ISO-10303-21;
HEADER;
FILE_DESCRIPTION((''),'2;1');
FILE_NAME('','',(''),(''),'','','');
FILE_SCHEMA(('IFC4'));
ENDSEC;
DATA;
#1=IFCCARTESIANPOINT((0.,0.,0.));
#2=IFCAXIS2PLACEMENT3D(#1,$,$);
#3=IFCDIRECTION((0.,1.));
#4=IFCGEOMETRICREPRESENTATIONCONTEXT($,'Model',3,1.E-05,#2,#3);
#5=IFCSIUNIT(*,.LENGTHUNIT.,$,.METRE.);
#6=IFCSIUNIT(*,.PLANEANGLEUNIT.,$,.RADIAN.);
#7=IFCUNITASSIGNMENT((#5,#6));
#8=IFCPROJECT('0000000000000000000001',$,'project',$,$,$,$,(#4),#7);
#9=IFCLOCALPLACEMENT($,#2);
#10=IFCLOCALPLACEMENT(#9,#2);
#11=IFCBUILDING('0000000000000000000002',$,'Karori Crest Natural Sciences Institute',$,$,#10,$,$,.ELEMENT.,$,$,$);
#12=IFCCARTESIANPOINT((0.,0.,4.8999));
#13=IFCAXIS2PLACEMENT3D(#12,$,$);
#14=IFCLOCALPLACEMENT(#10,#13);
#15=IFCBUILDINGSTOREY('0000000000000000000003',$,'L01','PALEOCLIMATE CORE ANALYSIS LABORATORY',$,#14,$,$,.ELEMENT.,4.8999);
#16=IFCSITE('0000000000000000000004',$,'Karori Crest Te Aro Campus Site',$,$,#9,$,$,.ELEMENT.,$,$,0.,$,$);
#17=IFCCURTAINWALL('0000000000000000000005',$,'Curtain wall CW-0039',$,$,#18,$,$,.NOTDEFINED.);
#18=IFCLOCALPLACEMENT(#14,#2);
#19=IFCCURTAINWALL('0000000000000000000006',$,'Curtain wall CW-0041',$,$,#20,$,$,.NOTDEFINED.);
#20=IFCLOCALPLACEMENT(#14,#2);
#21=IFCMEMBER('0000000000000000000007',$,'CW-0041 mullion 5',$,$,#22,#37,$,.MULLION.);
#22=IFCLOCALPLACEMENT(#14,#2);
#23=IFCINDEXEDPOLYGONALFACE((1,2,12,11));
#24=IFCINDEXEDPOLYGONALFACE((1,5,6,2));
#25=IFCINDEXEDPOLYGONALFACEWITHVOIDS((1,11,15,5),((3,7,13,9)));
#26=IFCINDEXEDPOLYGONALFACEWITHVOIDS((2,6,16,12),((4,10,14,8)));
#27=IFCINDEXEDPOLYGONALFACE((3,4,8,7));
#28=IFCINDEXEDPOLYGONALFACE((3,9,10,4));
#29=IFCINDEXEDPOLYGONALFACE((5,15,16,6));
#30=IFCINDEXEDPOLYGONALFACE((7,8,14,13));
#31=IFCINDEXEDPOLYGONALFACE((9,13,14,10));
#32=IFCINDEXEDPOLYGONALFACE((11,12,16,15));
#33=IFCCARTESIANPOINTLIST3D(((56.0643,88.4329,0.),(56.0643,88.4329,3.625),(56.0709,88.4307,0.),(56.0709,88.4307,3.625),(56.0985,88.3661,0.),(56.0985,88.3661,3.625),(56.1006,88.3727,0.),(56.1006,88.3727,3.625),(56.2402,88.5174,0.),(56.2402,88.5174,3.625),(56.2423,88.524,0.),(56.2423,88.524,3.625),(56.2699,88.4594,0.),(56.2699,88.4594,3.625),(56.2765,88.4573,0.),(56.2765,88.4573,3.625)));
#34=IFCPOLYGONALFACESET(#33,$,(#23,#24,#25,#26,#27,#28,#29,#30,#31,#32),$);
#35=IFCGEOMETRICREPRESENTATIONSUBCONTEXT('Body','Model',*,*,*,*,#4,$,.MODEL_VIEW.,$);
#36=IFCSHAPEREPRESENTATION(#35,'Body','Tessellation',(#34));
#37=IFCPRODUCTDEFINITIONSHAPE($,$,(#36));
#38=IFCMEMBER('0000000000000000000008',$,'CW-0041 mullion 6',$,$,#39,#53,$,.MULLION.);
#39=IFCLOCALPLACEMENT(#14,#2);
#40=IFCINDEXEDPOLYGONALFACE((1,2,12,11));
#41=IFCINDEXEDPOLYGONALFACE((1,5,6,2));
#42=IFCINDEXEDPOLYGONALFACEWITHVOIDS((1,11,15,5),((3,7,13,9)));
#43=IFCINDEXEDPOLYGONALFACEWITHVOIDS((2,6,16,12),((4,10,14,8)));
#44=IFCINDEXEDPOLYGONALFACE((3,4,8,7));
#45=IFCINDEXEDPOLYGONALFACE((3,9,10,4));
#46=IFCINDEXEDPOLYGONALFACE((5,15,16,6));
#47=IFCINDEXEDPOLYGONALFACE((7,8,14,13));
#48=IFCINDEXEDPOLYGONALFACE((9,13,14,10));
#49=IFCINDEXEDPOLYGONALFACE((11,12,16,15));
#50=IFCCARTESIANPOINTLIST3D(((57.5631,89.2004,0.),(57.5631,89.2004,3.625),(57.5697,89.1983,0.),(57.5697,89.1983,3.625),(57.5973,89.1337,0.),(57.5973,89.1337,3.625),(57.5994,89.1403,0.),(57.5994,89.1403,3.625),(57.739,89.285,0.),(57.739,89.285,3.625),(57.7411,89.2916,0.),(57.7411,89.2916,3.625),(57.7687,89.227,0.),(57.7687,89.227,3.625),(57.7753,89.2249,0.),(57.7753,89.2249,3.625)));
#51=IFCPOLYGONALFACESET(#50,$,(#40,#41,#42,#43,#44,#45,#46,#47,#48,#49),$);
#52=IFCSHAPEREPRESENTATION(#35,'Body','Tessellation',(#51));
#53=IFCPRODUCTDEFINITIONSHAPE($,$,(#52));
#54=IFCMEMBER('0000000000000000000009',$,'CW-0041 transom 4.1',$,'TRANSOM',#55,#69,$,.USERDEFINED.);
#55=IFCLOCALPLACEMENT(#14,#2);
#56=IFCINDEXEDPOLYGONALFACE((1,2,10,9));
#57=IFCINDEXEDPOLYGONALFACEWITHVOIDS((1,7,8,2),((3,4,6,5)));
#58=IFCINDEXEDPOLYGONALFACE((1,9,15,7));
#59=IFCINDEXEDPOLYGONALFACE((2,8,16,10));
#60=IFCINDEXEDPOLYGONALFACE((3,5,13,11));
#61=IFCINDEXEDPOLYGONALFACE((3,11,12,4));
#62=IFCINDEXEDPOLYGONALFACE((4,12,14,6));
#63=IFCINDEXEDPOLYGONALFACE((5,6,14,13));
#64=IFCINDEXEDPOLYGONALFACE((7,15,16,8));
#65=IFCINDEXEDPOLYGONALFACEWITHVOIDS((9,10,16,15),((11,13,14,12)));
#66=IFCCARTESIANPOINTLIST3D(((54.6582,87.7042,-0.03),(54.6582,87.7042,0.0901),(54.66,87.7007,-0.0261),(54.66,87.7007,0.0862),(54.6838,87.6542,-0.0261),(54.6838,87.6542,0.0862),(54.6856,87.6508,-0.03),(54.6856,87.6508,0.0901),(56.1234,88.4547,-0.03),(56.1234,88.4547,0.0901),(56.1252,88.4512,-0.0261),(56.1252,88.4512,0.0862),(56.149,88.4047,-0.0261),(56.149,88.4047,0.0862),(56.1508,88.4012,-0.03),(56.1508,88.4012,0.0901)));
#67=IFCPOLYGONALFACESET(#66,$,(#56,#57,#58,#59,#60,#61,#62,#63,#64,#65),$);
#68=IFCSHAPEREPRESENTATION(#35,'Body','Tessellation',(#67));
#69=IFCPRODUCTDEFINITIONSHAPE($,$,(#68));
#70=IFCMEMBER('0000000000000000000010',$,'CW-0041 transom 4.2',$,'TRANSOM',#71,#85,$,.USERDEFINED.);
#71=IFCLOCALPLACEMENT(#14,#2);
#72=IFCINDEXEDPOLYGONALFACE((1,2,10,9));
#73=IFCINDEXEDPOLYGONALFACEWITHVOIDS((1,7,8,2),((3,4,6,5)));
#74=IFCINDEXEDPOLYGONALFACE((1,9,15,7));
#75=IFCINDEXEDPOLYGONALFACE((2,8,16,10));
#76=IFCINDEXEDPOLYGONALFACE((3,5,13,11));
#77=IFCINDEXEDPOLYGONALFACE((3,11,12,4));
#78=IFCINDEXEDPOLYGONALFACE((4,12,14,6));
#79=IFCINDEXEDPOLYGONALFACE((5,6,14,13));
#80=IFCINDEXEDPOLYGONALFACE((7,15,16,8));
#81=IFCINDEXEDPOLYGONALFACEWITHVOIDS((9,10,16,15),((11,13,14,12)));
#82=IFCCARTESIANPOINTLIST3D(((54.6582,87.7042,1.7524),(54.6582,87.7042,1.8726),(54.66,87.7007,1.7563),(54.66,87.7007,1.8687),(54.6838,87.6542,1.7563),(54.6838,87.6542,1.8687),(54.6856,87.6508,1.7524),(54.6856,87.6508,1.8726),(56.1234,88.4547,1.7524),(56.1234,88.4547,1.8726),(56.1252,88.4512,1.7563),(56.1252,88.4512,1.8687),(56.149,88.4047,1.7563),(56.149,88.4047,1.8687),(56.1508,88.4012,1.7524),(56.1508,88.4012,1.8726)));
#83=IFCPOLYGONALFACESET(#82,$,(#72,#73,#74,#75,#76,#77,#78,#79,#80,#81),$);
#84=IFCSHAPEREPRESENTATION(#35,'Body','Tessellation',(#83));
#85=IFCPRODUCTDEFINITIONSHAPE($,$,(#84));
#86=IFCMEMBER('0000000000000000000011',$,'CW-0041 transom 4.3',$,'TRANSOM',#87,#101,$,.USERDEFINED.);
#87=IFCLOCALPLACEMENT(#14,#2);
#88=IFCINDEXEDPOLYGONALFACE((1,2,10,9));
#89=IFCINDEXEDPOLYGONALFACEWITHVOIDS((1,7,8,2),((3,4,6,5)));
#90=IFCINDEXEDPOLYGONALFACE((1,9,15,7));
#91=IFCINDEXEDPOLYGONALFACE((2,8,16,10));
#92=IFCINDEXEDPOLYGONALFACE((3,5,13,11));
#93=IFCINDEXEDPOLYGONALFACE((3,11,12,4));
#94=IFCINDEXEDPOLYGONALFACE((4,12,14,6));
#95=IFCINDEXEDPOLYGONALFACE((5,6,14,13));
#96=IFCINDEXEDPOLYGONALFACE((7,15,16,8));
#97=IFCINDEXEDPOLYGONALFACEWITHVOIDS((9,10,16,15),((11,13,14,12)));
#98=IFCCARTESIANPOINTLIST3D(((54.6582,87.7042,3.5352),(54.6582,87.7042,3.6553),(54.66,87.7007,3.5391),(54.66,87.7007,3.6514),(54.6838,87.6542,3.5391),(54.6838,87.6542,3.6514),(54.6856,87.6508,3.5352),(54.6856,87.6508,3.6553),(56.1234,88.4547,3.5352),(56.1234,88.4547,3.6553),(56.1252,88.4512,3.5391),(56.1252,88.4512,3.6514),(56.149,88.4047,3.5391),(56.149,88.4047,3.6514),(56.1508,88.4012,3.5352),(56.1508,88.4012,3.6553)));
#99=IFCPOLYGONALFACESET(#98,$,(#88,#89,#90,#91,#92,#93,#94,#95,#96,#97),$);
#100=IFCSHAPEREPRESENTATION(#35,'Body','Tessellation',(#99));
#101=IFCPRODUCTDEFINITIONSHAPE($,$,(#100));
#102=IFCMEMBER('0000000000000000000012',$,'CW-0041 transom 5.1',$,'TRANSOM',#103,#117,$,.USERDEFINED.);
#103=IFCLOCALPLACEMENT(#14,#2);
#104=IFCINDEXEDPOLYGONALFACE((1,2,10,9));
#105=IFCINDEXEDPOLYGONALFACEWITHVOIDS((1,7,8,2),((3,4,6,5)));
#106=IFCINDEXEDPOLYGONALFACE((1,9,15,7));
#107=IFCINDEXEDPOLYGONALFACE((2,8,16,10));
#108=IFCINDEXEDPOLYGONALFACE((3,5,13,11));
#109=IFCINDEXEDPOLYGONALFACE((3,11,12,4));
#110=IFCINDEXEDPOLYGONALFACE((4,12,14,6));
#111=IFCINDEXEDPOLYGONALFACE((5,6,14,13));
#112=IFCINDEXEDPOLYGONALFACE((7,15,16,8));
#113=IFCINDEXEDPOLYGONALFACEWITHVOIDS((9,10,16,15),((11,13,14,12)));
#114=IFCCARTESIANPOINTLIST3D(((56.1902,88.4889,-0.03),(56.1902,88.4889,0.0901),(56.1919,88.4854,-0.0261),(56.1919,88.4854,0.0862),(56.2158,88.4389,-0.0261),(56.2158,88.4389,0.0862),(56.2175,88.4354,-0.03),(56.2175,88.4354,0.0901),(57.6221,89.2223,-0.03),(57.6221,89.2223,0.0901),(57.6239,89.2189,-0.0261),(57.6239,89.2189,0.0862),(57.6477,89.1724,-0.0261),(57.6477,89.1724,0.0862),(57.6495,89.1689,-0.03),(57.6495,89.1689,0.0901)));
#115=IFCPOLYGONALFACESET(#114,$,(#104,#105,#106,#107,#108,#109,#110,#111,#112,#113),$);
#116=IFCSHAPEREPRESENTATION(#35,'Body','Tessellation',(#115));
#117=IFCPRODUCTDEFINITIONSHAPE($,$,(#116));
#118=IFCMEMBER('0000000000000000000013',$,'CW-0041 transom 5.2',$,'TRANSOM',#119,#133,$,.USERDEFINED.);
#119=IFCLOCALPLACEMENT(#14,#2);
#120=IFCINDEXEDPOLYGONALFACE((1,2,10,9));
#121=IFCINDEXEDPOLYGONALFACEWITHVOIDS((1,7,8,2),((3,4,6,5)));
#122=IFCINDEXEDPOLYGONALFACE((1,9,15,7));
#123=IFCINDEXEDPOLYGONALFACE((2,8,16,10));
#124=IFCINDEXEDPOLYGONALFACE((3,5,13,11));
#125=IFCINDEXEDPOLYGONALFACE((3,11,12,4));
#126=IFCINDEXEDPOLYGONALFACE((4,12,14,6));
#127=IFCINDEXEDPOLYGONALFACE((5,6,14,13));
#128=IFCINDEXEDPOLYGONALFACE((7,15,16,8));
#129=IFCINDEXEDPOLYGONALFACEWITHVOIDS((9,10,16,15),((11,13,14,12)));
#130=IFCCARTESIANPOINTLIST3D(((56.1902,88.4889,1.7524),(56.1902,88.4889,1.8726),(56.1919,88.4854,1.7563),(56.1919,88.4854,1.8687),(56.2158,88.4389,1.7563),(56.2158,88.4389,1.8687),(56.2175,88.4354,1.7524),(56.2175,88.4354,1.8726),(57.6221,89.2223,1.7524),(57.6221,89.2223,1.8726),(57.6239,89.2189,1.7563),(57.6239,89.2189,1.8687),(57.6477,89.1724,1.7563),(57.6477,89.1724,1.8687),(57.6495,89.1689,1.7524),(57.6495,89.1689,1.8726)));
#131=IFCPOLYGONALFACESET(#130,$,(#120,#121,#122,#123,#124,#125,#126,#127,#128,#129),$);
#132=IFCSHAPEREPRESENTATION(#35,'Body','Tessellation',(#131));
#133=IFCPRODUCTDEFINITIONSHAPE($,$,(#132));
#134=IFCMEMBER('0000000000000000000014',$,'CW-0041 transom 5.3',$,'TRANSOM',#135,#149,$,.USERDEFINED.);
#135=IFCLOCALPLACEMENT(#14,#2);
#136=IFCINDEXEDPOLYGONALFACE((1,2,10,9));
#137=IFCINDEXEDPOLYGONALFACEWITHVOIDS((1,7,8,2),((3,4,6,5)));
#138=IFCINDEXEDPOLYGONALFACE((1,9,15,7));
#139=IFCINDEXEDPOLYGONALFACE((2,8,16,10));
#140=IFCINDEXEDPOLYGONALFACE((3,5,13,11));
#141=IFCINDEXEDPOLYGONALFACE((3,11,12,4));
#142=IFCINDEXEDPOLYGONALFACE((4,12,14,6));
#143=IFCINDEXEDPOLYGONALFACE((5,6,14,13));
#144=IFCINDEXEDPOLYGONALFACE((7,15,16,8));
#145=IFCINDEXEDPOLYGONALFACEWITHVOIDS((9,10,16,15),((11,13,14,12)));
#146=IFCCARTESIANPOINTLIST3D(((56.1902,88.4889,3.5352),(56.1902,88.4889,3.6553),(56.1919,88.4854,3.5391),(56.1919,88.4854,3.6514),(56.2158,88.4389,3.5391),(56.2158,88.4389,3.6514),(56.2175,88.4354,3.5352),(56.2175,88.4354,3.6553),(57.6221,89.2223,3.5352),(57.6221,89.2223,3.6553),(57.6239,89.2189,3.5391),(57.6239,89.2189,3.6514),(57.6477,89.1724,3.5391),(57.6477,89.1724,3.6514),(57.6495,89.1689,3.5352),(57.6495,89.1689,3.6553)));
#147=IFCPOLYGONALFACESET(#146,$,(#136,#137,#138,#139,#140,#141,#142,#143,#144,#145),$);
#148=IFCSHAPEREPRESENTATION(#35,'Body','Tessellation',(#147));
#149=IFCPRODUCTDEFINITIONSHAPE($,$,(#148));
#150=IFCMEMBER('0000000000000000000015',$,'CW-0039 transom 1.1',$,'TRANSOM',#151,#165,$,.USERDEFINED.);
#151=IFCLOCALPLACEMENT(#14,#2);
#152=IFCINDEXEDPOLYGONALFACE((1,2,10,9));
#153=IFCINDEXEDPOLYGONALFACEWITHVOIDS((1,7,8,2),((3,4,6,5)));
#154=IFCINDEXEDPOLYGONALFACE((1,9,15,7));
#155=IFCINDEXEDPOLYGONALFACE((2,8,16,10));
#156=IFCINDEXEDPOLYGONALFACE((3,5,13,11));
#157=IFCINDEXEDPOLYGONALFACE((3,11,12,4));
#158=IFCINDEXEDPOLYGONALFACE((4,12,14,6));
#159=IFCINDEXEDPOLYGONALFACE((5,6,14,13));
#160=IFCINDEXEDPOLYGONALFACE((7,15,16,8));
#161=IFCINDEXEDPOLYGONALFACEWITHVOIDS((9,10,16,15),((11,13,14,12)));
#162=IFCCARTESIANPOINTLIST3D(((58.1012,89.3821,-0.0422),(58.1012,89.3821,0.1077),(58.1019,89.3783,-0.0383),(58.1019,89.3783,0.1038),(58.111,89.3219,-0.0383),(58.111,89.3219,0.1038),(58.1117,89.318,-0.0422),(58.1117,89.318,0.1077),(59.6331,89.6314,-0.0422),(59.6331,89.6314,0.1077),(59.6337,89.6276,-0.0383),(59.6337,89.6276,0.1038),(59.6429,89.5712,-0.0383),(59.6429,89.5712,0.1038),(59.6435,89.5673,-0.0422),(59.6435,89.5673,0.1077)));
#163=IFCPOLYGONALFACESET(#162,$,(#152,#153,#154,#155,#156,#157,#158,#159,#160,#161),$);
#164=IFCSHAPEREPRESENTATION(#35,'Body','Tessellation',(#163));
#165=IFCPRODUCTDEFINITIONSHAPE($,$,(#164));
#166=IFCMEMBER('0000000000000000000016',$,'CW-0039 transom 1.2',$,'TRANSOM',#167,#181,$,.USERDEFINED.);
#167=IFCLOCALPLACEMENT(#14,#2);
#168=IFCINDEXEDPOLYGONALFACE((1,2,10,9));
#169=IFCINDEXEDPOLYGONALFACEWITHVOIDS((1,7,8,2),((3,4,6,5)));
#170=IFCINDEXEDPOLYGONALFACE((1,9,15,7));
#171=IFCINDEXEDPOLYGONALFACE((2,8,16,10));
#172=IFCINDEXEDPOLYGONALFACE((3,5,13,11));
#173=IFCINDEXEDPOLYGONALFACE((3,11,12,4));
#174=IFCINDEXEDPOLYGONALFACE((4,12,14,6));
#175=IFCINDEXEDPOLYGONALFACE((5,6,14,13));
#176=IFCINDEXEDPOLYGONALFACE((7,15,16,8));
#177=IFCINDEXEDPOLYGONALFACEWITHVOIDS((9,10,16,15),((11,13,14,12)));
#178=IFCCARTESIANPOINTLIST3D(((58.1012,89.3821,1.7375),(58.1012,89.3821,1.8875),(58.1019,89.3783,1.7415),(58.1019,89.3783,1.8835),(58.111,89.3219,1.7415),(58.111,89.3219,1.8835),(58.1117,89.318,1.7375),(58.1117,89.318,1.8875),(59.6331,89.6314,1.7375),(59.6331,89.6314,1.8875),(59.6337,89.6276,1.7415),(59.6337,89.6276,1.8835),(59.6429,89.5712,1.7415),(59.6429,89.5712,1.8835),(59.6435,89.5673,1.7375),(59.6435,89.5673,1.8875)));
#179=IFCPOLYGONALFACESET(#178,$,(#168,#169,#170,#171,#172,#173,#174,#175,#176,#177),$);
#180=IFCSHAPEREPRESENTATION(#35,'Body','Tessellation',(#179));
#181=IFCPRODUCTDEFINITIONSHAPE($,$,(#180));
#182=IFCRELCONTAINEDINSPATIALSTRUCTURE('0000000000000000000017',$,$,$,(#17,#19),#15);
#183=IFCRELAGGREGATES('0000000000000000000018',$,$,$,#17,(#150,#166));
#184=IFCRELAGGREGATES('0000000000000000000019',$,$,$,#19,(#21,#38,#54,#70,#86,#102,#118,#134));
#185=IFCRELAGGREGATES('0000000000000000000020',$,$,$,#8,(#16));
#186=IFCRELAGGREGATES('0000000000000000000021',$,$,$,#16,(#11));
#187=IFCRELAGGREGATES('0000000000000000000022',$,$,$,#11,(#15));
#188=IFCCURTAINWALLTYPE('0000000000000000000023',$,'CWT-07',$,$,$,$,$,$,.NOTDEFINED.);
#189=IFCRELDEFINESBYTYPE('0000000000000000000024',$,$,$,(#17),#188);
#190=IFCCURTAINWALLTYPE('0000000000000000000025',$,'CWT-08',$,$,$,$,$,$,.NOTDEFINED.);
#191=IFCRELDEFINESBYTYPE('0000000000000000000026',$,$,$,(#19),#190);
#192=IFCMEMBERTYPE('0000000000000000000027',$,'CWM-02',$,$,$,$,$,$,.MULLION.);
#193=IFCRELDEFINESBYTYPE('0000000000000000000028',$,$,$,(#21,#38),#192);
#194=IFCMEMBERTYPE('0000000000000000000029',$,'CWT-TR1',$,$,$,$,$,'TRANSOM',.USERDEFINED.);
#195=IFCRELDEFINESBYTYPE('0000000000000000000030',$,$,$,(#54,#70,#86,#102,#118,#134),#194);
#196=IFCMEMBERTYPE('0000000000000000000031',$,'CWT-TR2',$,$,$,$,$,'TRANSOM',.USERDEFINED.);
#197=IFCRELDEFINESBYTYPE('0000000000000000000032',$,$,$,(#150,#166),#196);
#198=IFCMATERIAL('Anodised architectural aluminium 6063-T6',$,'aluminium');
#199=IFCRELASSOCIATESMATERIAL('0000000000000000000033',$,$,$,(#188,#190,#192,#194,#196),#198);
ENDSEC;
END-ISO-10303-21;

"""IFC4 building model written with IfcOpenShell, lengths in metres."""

from ifc_helpers import new_model, si_unit, direction, frame, origin, origin_2d, place, context, subcontext, project, spatial, hollow_rectangle, extrude, material, material_profile, profile_set, type_object, element, aggregate, save


model = new_model("IFC4")

# Units and contexts
model_context = context("Model", 3, precision=1e-05, world=origin(), true_north=direction((0.0, 1.0)))
body_context = subcontext(model_context, "Body", "Model", "MODEL_VIEW")
ifc_project = project(units=[si_unit("LENGTHUNIT", "METRE"), si_unit("PLANEANGLEUNIT", "RADIAN")], contexts=[model_context])

# Site, building, storey
site_placement = place(None, origin())
site = spatial("IfcSite", under=ifc_project, at=site_placement, Name="Karori Crest Te Aro Campus Site", CompositionType="ELEMENT", RefElevation=0.0)
building_placement = place(site_placement, origin())
building = spatial("IfcBuilding", under=site, at=building_placement, Name="Karori Crest Natural Sciences Institute", CompositionType="ELEMENT")
storey_placement = place(building_placement, frame((0.0, 0.0, 4.8999)))
storey = spatial("IfcBuildingStorey", under=building, at=storey_placement, Name="L01", Description="PALEOCLIMATE CORE ANALYSIS LABORATORY", CompositionType="ELEMENT", Elevation=4.8999)

# Curtain walls, members
ifc_material_1 = material(Name="Anodised architectural aluminium 6063-T6", Category="aluminium")
curtain_wall_type_1 = type_object("IfcCurtainWallType", Name="CWT-07", PredefinedType="NOTDEFINED", material=ifc_material_1)
curtain_wall_1_placement = place(storey_placement, origin())
curtain_wall_1 = element("IfcCurtainWall", 1, at=curtain_wall_1_placement, inside=storey, type_object=curtain_wall_type_1, Name="Curtain wall CW-0039", PredefinedType="NOTDEFINED")
ifc_material_profile_1 = material_profile(ifc_material_1, hollow_rectangle(XDim=0.075, YDim=0.2, WallThickness=0.0049, at=origin_2d()), Name="CWM200x75x5")
ifc_profile_set_1 = profile_set([ifc_material_profile_1], Name="Anodised architectural aluminium 6063-T6")
member_type_1 = type_object("IfcMemberType", Name="CWM-02", PredefinedType="MULLION", material=ifc_profile_set_1)
curtain_wall_type_2 = type_object("IfcCurtainWallType", Name="CWT-08", PredefinedType="NOTDEFINED", material=ifc_material_1)
curtain_wall_2_placement = place(storey_placement, origin())
curtain_wall_2 = element("IfcCurtainWall", 2, at=curtain_wall_2_placement, inside=storey, type_object=curtain_wall_type_2, Name="Curtain wall CW-0041", PredefinedType="NOTDEFINED")
member_1_placement = place(storey_placement, frame((56.1704, 88.4451, 0.0), z_axis=(0.0, 0.0, 1.0), x_axis=(-0.455833, 0.890065, 0.0)))
member_1 = element("IfcMember", 3, at=member_1_placement, type_object=member_type_1, Name="CW-0041 mullion 5", PredefinedType="MULLION", context=body_context, shape_type="SweptSolid", body=[
    extrude(hollow_rectangle(XDim=0.075, YDim=0.2, WallThickness=0.0049, at=origin_2d()), origin(), (0.0, 0.0, 1.0), 3.625),
])
member_2_placement = place(storey_placement, frame((57.6692, 89.2126, 0.0), z_axis=(0.0, 0.0, 1.0), x_axis=(-0.455833, 0.890065, 0.0)))
member_2 = element("IfcMember", 4, at=member_2_placement, type_object=member_type_1, Name="CW-0041 mullion 6", PredefinedType="MULLION", context=body_context, shape_type="SweptSolid", body=[
    extrude(hollow_rectangle(XDim=0.075, YDim=0.2, WallThickness=0.0049, at=origin_2d()), origin(), (0.0, 0.0, 1.0), 3.625),
])
ifc_material_profile_2 = material_profile(ifc_material_1, hollow_rectangle(XDim=0.0601, YDim=0.1201, WallThickness=0.0039, at=origin_2d()), Name="CWT120x60x4")
ifc_profile_set_2 = profile_set([ifc_material_profile_2], Name="Anodised architectural aluminium 6063-T6")
member_type_2 = type_object("IfcMemberType", Name="CWT-TR1", ElementType="TRANSOM", PredefinedType="USERDEFINED", material=ifc_profile_set_2)
member_3_placement = place(storey_placement, frame((54.6719, 87.6775, 0.03), z_axis=(0.890055, 0.455853, 0.0), x_axis=(-0.455853, 0.890055, 0.0)))
member_3 = element("IfcMember", 5, at=member_3_placement, type_object=member_type_2, Name="CW-0041 transom 4.1", ObjectType="TRANSOM", PredefinedType="USERDEFINED", context=body_context, shape_type="SweptSolid", body=[
    extrude(hollow_rectangle(XDim=0.0601, YDim=0.1201, WallThickness=0.0039, at=origin_2d()), origin(), (0.0, 0.0, 1.0), 1.6462),
])
member_4_placement = place(storey_placement, frame((54.6719, 87.6775, 1.8125), z_axis=(0.890055, 0.455853, 0.0), x_axis=(-0.455853, 0.890055, 0.0)))
member_4 = element("IfcMember", 6, at=member_4_placement, type_object=member_type_2, Name="CW-0041 transom 4.2", ObjectType="TRANSOM", PredefinedType="USERDEFINED", context=body_context, shape_type="SweptSolid", body=[
    extrude(hollow_rectangle(XDim=0.0601, YDim=0.1201, WallThickness=0.0039, at=origin_2d()), origin(), (0.0, 0.0, 1.0), 1.6462),
])
member_5_placement = place(storey_placement, frame((54.6719, 87.6775, 3.5952), z_axis=(0.890055, 0.455853, 0.0), x_axis=(-0.455853, 0.890055, 0.0)))
member_5 = element("IfcMember", 7, at=member_5_placement, type_object=member_type_2, Name="CW-0041 transom 4.3", ObjectType="TRANSOM", PredefinedType="USERDEFINED", context=body_context, shape_type="SweptSolid", body=[
    extrude(hollow_rectangle(XDim=0.0601, YDim=0.1201, WallThickness=0.0039, at=origin_2d()), origin(), (0.0, 0.0, 1.0), 1.6462),
])
member_6_placement = place(storey_placement, frame((56.2039, 88.4622, 0.03), z_axis=(0.890045, 0.455873, 0.0), x_axis=(-0.455873, 0.890045, 0.0)))
member_6 = element("IfcMember", 8, at=member_6_placement, type_object=member_type_2, Name="CW-0041 transom 5.1", ObjectType="TRANSOM", PredefinedType="USERDEFINED", context=body_context, shape_type="SweptSolid", body=[
    extrude(hollow_rectangle(XDim=0.0601, YDim=0.1201, WallThickness=0.0039, at=origin_2d()), origin(), (0.0, 0.0, 1.0), 1.6089),
])
member_7_placement = place(storey_placement, frame((56.2039, 88.4622, 1.8125), z_axis=(0.890045, 0.455873, 0.0), x_axis=(-0.455873, 0.890045, 0.0)))
member_7 = element("IfcMember", 9, at=member_7_placement, type_object=member_type_2, Name="CW-0041 transom 5.2", ObjectType="TRANSOM", PredefinedType="USERDEFINED", context=body_context, shape_type="SweptSolid", body=[
    extrude(hollow_rectangle(XDim=0.0601, YDim=0.1201, WallThickness=0.0039, at=origin_2d()), origin(), (0.0, 0.0, 1.0), 1.6089),
])
member_8_placement = place(storey_placement, frame((56.2039, 88.4622, 3.5952), z_axis=(0.890045, 0.455873, 0.0), x_axis=(-0.455873, 0.890045, 0.0)))
member_8 = element("IfcMember", 10, at=member_8_placement, type_object=member_type_2, Name="CW-0041 transom 5.3", ObjectType="TRANSOM", PredefinedType="USERDEFINED", context=body_context, shape_type="SweptSolid", body=[
    extrude(hollow_rectangle(XDim=0.0601, YDim=0.1201, WallThickness=0.0039, at=origin_2d()), origin(), (0.0, 0.0, 1.0), 1.6089),
])

# Members
ifc_material_profile_3 = material_profile(ifc_material_1, hollow_rectangle(XDim=0.0649, YDim=0.1499, WallThickness=0.0039, at=origin_2d()), Name="CWT150x65x4")
ifc_profile_set_3 = profile_set([ifc_material_profile_3], Name="Anodised architectural aluminium 6063-T6")
member_type_3 = type_object("IfcMemberType", Name="CWT-TR2", ElementType="TRANSOM", PredefinedType="USERDEFINED", material=ifc_profile_set_3)
member_9_placement = place(storey_placement, frame((58.1064, 89.3501, 0.0327), z_axis=(0.987016, 0.160622, 0.0), x_axis=(-0.160622, 0.987016, 0.0)))
member_9 = element("IfcMember", 11, at=member_9_placement, type_object=member_type_3, Name="CW-0039 transom 1.1", ObjectType="TRANSOM", PredefinedType="USERDEFINED", context=body_context, shape_type="SweptSolid", body=[
    extrude(hollow_rectangle(XDim=0.0649, YDim=0.1499, WallThickness=0.0039, at=origin_2d()), origin(), (0.0, 0.0, 1.0), 1.552),
])
member_10_placement = place(storey_placement, frame((58.1064, 89.3501, 1.8125), z_axis=(0.987016, 0.160622, 0.0), x_axis=(-0.160622, 0.987016, 0.0)))
member_10 = element("IfcMember", 12, at=member_10_placement, type_object=member_type_3, Name="CW-0039 transom 1.2", ObjectType="TRANSOM", PredefinedType="USERDEFINED", context=body_context, shape_type="SweptSolid", body=[
    extrude(hollow_rectangle(XDim=0.0649, YDim=0.1499, WallThickness=0.0039, at=origin_2d()), origin(), (0.0, 0.0, 1.0), 1.552),
])

aggregate(curtain_wall_1, [member_9, member_10])
aggregate(curtain_wall_2, [member_1, member_2, member_3, member_4, member_5, member_6, member_7, member_8])

save(model, "model.ifc")
